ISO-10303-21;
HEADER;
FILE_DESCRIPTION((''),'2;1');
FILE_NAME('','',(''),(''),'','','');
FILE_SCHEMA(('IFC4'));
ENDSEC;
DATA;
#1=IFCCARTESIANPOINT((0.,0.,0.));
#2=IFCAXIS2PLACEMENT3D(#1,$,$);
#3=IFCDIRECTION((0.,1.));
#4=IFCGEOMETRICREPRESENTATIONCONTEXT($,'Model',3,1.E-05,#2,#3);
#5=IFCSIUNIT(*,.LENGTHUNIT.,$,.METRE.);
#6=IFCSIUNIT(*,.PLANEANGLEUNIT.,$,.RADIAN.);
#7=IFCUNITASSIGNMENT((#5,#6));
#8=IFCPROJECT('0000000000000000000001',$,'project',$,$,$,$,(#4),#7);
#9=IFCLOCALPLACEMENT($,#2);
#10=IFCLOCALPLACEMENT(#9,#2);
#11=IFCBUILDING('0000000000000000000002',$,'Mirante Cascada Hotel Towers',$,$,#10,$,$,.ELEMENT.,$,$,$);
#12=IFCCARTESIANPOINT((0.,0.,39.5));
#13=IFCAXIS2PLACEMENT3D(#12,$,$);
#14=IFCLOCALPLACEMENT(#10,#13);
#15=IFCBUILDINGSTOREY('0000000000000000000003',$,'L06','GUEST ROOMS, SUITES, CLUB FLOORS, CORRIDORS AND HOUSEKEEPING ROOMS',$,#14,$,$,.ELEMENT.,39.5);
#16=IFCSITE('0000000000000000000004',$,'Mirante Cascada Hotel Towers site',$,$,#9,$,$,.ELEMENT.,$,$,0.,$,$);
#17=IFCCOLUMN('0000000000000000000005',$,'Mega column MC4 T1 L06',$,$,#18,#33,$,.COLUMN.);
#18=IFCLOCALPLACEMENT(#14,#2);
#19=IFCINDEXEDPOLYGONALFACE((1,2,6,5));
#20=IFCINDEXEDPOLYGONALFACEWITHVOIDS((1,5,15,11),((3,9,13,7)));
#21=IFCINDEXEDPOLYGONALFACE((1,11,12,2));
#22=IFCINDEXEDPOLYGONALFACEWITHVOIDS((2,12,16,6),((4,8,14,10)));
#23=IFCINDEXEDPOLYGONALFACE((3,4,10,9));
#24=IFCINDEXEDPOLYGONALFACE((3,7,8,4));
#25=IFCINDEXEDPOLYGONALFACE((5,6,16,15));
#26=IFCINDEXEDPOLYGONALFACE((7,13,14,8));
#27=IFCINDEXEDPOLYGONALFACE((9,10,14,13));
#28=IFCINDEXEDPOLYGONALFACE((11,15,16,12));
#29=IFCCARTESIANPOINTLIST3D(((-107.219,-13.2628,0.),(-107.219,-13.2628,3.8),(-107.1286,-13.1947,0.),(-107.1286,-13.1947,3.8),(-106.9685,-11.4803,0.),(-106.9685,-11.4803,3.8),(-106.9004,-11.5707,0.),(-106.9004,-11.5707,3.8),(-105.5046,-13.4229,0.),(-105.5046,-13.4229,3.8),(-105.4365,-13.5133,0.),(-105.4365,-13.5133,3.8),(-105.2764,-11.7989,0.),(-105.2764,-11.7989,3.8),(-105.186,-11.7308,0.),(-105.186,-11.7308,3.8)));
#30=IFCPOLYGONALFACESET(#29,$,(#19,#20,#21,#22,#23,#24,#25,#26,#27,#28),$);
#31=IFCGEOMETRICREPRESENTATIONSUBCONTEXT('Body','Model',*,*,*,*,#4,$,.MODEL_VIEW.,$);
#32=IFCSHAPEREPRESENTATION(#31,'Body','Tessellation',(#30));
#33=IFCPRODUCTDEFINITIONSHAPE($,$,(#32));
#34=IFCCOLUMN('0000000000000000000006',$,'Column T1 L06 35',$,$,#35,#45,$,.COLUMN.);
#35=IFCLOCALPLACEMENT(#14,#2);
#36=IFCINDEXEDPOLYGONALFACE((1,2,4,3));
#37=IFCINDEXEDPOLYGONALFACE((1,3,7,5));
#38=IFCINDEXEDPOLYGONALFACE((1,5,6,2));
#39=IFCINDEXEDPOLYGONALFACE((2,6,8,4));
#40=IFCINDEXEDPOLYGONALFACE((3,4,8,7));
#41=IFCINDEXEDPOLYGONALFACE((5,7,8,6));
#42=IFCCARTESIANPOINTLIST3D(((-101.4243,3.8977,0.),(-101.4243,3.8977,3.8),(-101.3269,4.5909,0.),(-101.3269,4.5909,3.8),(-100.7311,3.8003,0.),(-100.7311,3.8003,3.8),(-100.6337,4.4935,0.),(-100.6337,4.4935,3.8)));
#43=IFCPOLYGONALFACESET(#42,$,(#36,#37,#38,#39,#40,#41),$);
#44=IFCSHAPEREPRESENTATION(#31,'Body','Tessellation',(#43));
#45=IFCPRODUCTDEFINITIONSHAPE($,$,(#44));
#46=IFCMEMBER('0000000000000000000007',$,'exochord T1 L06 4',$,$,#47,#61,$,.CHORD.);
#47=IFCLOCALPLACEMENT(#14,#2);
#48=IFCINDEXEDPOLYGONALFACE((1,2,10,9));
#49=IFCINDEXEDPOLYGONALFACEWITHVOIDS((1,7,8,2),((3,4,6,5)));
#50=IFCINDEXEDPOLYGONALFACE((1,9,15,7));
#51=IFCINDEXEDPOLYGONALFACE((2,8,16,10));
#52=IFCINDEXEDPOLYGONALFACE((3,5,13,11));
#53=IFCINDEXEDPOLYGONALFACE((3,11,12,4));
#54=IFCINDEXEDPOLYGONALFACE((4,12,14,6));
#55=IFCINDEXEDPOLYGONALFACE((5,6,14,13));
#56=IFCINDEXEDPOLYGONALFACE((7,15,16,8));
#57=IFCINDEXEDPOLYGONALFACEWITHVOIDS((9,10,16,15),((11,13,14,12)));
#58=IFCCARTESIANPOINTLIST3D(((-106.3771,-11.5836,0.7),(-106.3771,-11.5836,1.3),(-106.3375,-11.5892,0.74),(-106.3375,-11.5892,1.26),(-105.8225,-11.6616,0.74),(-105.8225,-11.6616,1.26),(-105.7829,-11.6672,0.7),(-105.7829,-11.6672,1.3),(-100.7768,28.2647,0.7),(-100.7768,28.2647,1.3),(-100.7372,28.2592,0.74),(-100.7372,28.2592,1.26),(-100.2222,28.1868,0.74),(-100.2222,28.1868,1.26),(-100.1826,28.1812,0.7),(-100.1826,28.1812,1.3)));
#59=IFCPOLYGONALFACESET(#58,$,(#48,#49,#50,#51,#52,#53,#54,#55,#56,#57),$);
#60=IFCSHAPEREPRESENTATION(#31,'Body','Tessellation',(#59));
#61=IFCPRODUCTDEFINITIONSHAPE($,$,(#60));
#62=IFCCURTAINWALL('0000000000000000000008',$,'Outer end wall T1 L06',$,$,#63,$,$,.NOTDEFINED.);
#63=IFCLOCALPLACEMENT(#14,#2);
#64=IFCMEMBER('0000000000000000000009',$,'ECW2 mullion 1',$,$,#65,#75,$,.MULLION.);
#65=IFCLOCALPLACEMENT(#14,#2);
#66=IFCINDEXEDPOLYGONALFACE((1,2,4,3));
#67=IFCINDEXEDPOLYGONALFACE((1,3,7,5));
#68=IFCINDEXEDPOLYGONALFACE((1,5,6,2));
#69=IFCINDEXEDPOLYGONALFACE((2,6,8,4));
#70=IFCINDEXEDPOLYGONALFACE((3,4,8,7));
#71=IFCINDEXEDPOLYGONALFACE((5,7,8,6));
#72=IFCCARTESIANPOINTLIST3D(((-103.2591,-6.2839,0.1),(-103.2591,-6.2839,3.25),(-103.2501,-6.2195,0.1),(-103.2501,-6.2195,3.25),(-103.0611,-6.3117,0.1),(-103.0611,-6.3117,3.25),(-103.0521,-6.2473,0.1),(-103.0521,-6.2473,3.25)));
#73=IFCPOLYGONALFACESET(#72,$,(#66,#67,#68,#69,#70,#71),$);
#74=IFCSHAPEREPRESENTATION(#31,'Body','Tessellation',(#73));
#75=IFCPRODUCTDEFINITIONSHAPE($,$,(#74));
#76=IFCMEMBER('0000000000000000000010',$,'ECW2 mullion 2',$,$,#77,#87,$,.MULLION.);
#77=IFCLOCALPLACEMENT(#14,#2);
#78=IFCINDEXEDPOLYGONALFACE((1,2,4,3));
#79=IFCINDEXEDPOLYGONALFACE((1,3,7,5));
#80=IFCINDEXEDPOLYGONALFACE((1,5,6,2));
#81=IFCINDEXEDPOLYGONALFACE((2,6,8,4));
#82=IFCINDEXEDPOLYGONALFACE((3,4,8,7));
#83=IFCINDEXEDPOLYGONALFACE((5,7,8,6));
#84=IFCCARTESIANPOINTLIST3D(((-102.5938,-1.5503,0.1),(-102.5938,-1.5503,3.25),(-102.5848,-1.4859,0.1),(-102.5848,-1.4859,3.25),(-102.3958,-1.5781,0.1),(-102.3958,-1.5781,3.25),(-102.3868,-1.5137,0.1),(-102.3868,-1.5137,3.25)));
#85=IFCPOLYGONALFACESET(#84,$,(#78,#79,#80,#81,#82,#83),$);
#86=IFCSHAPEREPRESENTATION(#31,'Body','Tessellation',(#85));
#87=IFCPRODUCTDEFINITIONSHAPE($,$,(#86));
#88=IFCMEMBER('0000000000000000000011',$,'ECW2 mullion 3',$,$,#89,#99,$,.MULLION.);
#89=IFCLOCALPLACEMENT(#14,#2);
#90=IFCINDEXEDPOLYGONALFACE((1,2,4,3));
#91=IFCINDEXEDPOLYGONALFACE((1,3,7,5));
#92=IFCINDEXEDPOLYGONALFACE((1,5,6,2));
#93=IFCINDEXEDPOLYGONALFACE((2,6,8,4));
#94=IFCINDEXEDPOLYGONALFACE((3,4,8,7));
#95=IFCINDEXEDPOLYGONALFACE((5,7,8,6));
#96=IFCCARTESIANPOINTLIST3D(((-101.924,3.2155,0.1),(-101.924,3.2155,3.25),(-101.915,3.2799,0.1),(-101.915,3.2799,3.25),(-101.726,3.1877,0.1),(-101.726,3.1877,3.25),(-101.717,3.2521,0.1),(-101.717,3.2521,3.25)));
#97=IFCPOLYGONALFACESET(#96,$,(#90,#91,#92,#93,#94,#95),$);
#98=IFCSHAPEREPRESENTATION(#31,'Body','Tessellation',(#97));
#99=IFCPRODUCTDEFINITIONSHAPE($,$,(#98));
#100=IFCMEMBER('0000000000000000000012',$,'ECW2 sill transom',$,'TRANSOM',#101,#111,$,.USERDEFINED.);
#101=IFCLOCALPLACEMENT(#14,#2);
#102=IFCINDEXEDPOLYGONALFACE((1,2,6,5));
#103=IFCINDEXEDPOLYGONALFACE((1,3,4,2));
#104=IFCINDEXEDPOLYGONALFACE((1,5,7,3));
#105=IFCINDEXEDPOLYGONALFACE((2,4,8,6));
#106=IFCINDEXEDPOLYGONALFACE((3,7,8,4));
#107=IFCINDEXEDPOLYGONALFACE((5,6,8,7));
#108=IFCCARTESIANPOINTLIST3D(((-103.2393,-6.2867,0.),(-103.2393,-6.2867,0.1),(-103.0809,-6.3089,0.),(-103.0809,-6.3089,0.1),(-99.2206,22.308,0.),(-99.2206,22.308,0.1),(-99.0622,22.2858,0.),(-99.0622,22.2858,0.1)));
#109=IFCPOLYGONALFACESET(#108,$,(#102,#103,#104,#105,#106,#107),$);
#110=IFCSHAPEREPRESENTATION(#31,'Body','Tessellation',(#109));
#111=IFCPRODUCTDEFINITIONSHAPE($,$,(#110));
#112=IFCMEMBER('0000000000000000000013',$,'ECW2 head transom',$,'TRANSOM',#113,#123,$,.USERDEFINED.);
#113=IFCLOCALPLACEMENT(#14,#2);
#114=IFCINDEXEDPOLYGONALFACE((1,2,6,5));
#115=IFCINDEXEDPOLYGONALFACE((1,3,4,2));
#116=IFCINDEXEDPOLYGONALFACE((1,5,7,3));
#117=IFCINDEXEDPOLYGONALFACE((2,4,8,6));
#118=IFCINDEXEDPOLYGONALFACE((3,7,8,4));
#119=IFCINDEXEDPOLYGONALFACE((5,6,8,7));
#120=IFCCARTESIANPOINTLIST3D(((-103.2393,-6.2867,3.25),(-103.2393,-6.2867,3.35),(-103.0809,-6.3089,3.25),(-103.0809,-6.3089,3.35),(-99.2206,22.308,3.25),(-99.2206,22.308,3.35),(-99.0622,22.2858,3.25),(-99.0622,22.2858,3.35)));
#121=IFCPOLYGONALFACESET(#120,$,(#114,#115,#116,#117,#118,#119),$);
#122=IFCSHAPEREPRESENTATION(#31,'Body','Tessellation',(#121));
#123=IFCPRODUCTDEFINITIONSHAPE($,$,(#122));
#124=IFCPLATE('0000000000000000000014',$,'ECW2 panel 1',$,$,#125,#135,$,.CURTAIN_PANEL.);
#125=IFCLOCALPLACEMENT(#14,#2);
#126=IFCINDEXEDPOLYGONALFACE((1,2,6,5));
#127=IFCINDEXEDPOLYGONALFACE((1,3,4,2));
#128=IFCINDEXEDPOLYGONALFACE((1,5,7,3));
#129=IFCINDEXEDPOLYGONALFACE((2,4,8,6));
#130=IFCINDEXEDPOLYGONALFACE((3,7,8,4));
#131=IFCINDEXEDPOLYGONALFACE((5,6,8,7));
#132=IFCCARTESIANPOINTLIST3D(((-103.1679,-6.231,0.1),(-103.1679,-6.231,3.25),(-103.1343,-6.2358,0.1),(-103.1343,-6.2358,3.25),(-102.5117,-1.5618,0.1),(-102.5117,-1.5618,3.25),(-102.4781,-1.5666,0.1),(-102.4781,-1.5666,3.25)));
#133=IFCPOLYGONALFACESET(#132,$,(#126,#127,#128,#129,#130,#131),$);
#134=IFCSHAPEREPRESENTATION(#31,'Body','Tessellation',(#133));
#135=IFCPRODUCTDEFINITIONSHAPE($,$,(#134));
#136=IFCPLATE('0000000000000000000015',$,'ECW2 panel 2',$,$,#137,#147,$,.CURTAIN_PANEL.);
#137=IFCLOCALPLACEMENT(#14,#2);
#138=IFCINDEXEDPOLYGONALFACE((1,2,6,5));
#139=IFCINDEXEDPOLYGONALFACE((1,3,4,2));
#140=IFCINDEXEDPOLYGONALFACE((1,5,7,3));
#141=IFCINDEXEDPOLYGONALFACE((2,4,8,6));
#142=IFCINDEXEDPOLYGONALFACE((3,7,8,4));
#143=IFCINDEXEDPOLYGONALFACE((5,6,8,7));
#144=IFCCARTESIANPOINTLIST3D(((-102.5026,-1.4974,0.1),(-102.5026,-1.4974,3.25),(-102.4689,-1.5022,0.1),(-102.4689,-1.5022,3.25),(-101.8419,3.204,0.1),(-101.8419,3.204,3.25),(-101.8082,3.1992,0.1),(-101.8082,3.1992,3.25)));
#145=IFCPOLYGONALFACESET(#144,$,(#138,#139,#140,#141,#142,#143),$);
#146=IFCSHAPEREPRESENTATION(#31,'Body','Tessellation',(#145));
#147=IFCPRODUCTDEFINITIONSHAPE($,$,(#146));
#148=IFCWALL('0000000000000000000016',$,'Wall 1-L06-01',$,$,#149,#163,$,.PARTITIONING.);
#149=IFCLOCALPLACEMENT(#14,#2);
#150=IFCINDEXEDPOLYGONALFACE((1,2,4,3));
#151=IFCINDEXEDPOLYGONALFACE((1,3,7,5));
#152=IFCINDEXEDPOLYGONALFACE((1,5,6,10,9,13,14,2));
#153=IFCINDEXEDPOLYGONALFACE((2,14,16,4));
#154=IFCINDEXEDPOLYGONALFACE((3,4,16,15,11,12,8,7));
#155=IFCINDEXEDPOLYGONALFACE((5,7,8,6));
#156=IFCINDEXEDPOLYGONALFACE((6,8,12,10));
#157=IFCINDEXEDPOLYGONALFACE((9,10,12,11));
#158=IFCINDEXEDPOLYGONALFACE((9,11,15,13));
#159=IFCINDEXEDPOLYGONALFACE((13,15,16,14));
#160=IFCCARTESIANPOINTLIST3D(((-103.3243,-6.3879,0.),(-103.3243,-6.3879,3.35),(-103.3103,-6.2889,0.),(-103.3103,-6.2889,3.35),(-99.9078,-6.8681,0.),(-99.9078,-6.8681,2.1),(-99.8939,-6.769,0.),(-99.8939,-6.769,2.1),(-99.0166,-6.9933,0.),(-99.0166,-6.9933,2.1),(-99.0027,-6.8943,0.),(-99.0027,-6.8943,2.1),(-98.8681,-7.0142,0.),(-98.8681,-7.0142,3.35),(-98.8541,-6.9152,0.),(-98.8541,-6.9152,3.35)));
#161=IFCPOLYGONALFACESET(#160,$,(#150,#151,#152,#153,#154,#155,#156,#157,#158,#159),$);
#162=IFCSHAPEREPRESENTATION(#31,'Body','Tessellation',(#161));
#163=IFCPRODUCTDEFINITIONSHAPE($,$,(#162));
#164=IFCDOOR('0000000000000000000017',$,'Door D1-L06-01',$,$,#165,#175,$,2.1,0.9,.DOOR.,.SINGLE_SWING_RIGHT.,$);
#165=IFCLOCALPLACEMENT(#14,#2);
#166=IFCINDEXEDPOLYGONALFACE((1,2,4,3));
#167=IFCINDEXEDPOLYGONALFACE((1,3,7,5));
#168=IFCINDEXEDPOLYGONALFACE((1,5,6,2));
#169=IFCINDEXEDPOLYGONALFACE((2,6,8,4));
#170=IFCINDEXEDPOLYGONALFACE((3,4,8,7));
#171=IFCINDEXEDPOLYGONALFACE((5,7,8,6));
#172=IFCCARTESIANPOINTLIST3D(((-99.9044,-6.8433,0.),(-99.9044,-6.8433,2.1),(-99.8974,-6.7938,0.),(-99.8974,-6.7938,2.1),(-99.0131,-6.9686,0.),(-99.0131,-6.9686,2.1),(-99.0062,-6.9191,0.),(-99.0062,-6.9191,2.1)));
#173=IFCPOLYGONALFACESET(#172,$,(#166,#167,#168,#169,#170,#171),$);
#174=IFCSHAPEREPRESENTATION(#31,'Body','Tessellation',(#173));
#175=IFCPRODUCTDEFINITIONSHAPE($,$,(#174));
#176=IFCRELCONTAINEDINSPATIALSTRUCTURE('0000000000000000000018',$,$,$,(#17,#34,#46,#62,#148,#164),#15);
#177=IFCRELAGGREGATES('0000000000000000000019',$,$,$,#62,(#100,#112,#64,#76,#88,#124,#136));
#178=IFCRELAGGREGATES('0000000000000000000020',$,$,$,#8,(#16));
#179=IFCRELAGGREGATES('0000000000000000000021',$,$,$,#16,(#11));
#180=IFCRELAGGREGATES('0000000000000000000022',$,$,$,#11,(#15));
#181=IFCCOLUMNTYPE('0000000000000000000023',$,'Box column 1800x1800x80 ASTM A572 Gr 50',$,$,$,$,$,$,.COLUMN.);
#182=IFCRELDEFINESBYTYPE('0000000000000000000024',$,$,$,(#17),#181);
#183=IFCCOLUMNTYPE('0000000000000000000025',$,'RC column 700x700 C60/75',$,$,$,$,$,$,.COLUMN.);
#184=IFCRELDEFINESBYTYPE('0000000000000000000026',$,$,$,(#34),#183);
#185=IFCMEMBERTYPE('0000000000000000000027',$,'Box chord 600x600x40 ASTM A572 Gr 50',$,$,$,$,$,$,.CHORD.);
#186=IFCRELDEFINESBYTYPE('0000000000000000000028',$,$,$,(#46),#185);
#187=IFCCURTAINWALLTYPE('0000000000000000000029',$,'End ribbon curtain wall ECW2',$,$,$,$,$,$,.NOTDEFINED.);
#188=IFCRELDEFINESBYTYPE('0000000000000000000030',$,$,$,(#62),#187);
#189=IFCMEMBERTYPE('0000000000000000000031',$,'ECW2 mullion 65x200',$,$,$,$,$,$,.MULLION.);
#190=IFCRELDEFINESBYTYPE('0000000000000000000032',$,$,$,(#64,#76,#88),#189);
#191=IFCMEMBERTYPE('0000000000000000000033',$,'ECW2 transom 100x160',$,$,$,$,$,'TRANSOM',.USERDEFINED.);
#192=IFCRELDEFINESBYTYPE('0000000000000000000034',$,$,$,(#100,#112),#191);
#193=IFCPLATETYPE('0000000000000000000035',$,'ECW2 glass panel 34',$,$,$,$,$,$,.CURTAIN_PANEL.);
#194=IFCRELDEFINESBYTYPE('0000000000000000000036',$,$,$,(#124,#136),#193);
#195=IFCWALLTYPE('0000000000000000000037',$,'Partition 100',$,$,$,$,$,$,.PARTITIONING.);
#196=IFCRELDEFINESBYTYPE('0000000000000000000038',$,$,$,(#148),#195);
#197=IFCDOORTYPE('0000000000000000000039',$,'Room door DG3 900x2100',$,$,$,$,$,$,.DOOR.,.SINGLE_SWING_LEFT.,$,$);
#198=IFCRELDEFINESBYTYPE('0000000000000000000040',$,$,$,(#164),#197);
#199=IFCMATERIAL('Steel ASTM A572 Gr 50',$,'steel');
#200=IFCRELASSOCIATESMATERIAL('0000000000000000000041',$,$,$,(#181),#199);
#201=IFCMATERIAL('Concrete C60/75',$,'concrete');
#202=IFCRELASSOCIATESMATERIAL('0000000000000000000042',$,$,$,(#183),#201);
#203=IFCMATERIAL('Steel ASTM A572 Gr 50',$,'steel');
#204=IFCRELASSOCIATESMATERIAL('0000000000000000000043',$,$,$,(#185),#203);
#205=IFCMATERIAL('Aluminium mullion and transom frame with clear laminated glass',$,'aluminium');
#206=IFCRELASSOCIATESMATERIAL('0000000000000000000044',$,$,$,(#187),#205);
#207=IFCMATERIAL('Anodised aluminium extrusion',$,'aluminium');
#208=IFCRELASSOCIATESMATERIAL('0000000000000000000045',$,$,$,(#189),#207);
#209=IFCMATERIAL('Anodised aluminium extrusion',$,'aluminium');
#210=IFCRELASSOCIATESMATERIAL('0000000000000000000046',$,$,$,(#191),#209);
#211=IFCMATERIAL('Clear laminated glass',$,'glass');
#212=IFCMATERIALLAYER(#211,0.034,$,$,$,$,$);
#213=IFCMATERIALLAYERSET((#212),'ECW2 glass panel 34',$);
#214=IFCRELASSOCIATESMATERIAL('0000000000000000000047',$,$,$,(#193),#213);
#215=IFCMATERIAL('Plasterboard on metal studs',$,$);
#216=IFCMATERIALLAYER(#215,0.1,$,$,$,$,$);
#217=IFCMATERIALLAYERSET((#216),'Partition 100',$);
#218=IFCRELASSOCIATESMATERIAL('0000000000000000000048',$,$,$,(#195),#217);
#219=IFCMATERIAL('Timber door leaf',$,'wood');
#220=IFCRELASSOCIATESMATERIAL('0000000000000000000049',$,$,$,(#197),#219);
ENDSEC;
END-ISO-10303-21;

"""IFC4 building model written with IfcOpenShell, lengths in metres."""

from ifc_helpers import new_model, si_unit, direction, frame, frame_2d, origin, origin_2d, place, context, subcontext, project, spatial, rectangle, hollow_rectangle, extrude, material, layer, layer_set, material_profile, profile_set, type_object, element, fill, aggregate, save


model = new_model("IFC4")

# Units and contexts
model_context = context("Model", 3, precision=1e-05, world=origin(), true_north=direction((0.0, 1.0)))
body_context = subcontext(model_context, "Body", "Model", "MODEL_VIEW")
ifc_project = project(units=[si_unit("LENGTHUNIT", "METRE"), si_unit("PLANEANGLEUNIT", "RADIAN")], contexts=[model_context])

# Site, building, storey
site_placement = place(None, origin())
site = spatial("IfcSite", under=ifc_project, at=site_placement, Name="Mirante Cascada Hotel Towers site", CompositionType="ELEMENT", RefElevation=0.0)
building_placement = place(site_placement, origin())
building = spatial("IfcBuilding", under=site, at=building_placement, Name="Mirante Cascada Hotel Towers", CompositionType="ELEMENT")
storey_placement = place(building_placement, frame((0.0, 0.0, 39.5)))
storey = spatial("IfcBuildingStorey", under=building, at=storey_placement, Name="L06", Description="GUEST ROOMS, SUITES, CLUB FLOORS, CORRIDORS AND HOUSEKEEPING ROOMS", CompositionType="ELEMENT", Elevation=39.5)

# Columns
ifc_material_1 = material(Name="Steel ASTM A572 Gr 50", Category="steel")
ifc_material_profile_1 = material_profile(ifc_material_1, hollow_rectangle(XDim=1.8, YDim=1.8, WallThickness=0.08, at=origin_2d()), Name="Box column 1800x1800x80 ASTM A572 Gr 50")
ifc_profile_set_1 = profile_set([ifc_material_profile_1], Name="Steel ASTM A572 Gr 50")
column_type_1 = type_object("IfcColumnType", Name="Box column 1800x1800x80 ASTM A572 Gr 50", PredefinedType="COLUMN", material=ifc_profile_set_1)
column_1_placement = place(storey_placement, frame((-106.2025, -12.4968, 0.0), z_axis=(0.0, 0.0, 1.0), x_axis=(-0.990268, 0.139173, 0.0)))
element("IfcColumn", 1, at=column_1_placement, inside=storey, type_object=column_type_1, Name="Mega column MC4 T1 L06", PredefinedType="COLUMN", context=body_context, shape_type="SweptSolid", body=[
    extrude(hollow_rectangle(XDim=1.8, YDim=1.8, WallThickness=0.08, at=origin_2d()), origin(), (0.0, 0.0, 1.0), 3.8),
])
ifc_material_2 = material(Name="Concrete C60/75", Category="concrete")
ifc_material_profile_2 = material_profile(ifc_material_2, rectangle(XDim=0.7, YDim=0.7, at=origin_2d()), Name="RC column 700x700 C60/75")
ifc_profile_set_2 = profile_set([ifc_material_profile_2], Name="Concrete C60/75")
column_type_2 = type_object("IfcColumnType", Name="RC column 700x700 C60/75", PredefinedType="COLUMN", material=ifc_profile_set_2)
column_2_placement = place(storey_placement, frame((-101.029, 4.1956, 0.0), z_axis=(0.0, 0.0, 1.0), x_axis=(-0.990268, 0.139173, 0.0)))
element("IfcColumn", 2, at=column_2_placement, inside=storey, type_object=column_type_2, Name="Column T1 L06 35", PredefinedType="COLUMN", context=body_context, shape_type="SweptSolid", body=[
    extrude(rectangle(XDim=0.7, YDim=0.7, at=origin_2d()), origin(), (0.0, 0.0, 1.0), 3.8),
])

# Member
ifc_material_3 = material(Name="Steel ASTM A572 Gr 50", Category="steel")
ifc_material_profile_3 = material_profile(ifc_material_3, hollow_rectangle(XDim=0.6, YDim=0.6, WallThickness=0.04, at=origin_2d()), Name="Box chord 600x600x40 ASTM A572 Gr 50")
ifc_profile_set_3 = profile_set([ifc_material_profile_3], Name="Steel ASTM A572 Gr 50")
member_type_1 = type_object("IfcMemberType", Name="Box chord 600x600x40 ASTM A572 Gr 50", PredefinedType="CHORD", material=ifc_profile_set_3)
member_1_placement = place(storey_placement, frame((-106.08, -11.6254, 1.0), z_axis=(0.139172, 0.990268, 0.0), x_axis=(-0.990268, 0.139172, 0.0)))
element("IfcMember", 3, at=member_1_placement, inside=storey, type_object=member_type_1, Name="exochord T1 L06 4", PredefinedType="CHORD", context=body_context, shape_type="SweptSolid", body=[
    extrude(hollow_rectangle(XDim=0.6, YDim=0.6, WallThickness=0.04, at=origin_2d()), origin(), (0.0, 0.0, 1.0), 40.24),
])

# Curtain wall, members, plates
ifc_material_4 = material(Name="Aluminium mullion and transom frame with clear laminated glass", Category="aluminium")
curtain_wall_type = type_object("IfcCurtainWallType", Name="End ribbon curtain wall ECW2", PredefinedType="NOTDEFINED", material=ifc_material_4)
curtain_wall_placement = place(storey_placement, origin())
curtain_wall = element("IfcCurtainWall", 4, at=curtain_wall_placement, inside=storey, type_object=curtain_wall_type, Name="Outer end wall T1 L06", PredefinedType="NOTDEFINED")
ifc_material_5 = material(Name="Anodised aluminium extrusion", Category="aluminium")
ifc_material_profile_4 = material_profile(ifc_material_5, rectangle(XDim=0.2, YDim=0.065, at=origin_2d()), Name="ECW2 MULLION 65x200")
ifc_profile_set_4 = profile_set([ifc_material_profile_4], Name="Anodised aluminium extrusion")
member_type_2 = type_object("IfcMemberType", Name="ECW2 mullion 65x200", PredefinedType="MULLION", material=ifc_profile_set_4)
member_2_placement = place(storey_placement, frame((-103.1556, -6.2656, 0.1), z_axis=(0.0, 0.0, 1.0), x_axis=(-0.990268, 0.139173, 0.0)))
member_2 = element("IfcMember", 5, at=member_2_placement, type_object=member_type_2, Name="ECW2 mullion 1", PredefinedType="MULLION", context=body_context, shape_type="SweptSolid", body=[
    extrude(rectangle(XDim=0.2, YDim=0.065, at=origin_2d()), origin(), (0.0, 0.0, 1.0), 3.15),
])
member_3_placement = place(storey_placement, frame((-102.4903, -1.532, 0.1), z_axis=(0.0, 0.0, 1.0), x_axis=(-0.990268, 0.139173, 0.0)))
member_3 = element("IfcMember", 6, at=member_3_placement, type_object=member_type_2, Name="ECW2 mullion 2", PredefinedType="MULLION", context=body_context, shape_type="SweptSolid", body=[
    extrude(rectangle(XDim=0.2, YDim=0.065, at=origin_2d()), origin(), (0.0, 0.0, 1.0), 3.15),
])
member_4_placement = place(storey_placement, frame((-101.8205, 3.2338, 0.1), z_axis=(0.0, 0.0, 1.0), x_axis=(-0.990268, 0.139173, 0.0)))
member_4 = element("IfcMember", 7, at=member_4_placement, type_object=member_type_2, Name="ECW2 mullion 3", PredefinedType="MULLION", context=body_context, shape_type="SweptSolid", body=[
    extrude(rectangle(XDim=0.2, YDim=0.065, at=origin_2d()), origin(), (0.0, 0.0, 1.0), 3.15),
])
ifc_material_6 = material(Name="Anodised aluminium extrusion", Category="aluminium")
ifc_material_profile_5 = material_profile(ifc_material_6, rectangle(XDim=0.16, YDim=0.1, at=origin_2d()), Name="ECW2 TRANSOM 100x160")
ifc_profile_set_5 = profile_set([ifc_material_profile_5], Name="Anodised aluminium extrusion")
member_type_3 = type_object("IfcMemberType", Name="ECW2 transom 100x160", ElementType="TRANSOM", PredefinedType="USERDEFINED", material=ifc_profile_set_5)
member_5_placement = place(storey_placement, frame((-103.1601, -6.2978, 0.05), z_axis=(0.139172, 0.990268, 0.0), x_axis=(-0.990268, 0.139172, 0.0)))
member_5 = element("IfcMember", 8, at=member_5_placement, type_object=member_type_3, Name="ECW2 sill transom", ObjectType="TRANSOM", PredefinedType="USERDEFINED", context=body_context, shape_type="SweptSolid", body=[
    extrude(rectangle(XDim=0.16, YDim=0.1, at=origin_2d()), origin(), (0.0, 0.0, 1.0), 28.8757),
])
member_6_placement = place(storey_placement, frame((-103.1601, -6.2978, 3.3), z_axis=(0.139172, 0.990268, 0.0), x_axis=(-0.990268, 0.139172, 0.0)))
member_6 = element("IfcMember", 9, at=member_6_placement, type_object=member_type_3, Name="ECW2 head transom", ObjectType="TRANSOM", PredefinedType="USERDEFINED", context=body_context, shape_type="SweptSolid", body=[
    extrude(rectangle(XDim=0.16, YDim=0.1, at=origin_2d()), origin(), (0.0, 0.0, 1.0), 28.8757),
])
ifc_material_7 = material(Name="Clear laminated glass", Category="glass")
ifc_layer_1 = layer(ifc_material_7, 0.034)
ifc_layer_set_1 = layer_set([ifc_layer_1], Name="ECW2 glass panel 34")
plate_type = type_object("IfcPlateType", Name="ECW2 glass panel 34", PredefinedType="CURTAIN_PANEL", material=ifc_layer_set_1)
plate_1_placement = place(storey_placement, frame((-102.823, -3.8988, 0.1), z_axis=(0.0, 0.0, 1.0), x_axis=(0.139173, 0.990268, 0.0)))
plate_1 = element("IfcPlate", 10, at=plate_1_placement, type_object=plate_type, Name="ECW2 panel 1", PredefinedType="CURTAIN_PANEL", context=body_context, shape_type="SweptSolid", body=[
    extrude(rectangle(XDim=4.7151, YDim=0.034, at=origin_2d()), origin(), (0.0, 0.0, 1.0), 3.15),
])
plate_2_placement = place(storey_placement, frame((-102.1554, 0.8509, 0.1), z_axis=(0.0, 0.0, 1.0), x_axis=(0.139173, 0.990268, 0.0)))
plate_2 = element("IfcPlate", 11, at=plate_2_placement, type_object=plate_type, Name="ECW2 panel 2", PredefinedType="CURTAIN_PANEL", context=body_context, shape_type="SweptSolid", body=[
    extrude(rectangle(XDim=4.7476, YDim=0.034, at=origin_2d()), origin(), (0.0, 0.0, 1.0), 3.15),
])
aggregate(curtain_wall, [member_5, member_6, member_2, member_3, member_4, plate_1, plate_2])

# Wall, opening, door
ifc_material_8 = material(Name="Plasterboard on metal studs")
ifc_layer_2 = layer(ifc_material_8, 0.1)
ifc_layer_set_2 = layer_set([ifc_layer_2], Name="Partition 100")
wall_type_1 = type_object("IfcWallType", Name="Partition 100", PredefinedType="PARTITIONING", material=ifc_layer_set_2)
wall_1_placement = place(storey_placement, frame((-98.8611, -6.9647, 0.0), z_axis=(0.0, 0.0, 1.0), x_axis=(-0.990267, 0.139178, 0.0)))
wall_1 = element("IfcWall", 12, at=wall_1_placement, inside=storey, type_object=wall_type_1, Name="Wall 1-L06-01", PredefinedType="PARTITIONING", context=body_context, shape_type="SweptSolid", body=[
    extrude(rectangle(XDim=4.5, YDim=0.1, at=frame_2d((2.25, 0.0))), origin(), (0.0, 0.0, 1.0), 3.35),
])
opening_1_placement = place(wall_1_placement, frame((0.15, 0.0, 0.0)))
opening_1 = element("IfcOpeningElement", 13, at=opening_1_placement, cuts=wall_1, PredefinedType="OPENING", context=body_context, shape_type="SweptSolid", body=[
    extrude(rectangle(XDim=0.9, YDim=2.1, at=frame_2d((0.45, 1.05))), frame((0.0, 0.05, 0.0), z_axis=(0.0, -1.0, 0.0), x_axis=(1.0, 0.0, 0.0)), (0.0, 0.0, 1.0), 0.1),
])
ifc_material_9 = material(Name="Timber door leaf", Category="wood")
door_type = type_object("IfcDoorType", Name="Room door DG3 900x2100", OperationType="SINGLE_SWING_LEFT", PredefinedType="DOOR", material=ifc_material_9)
door_placement = place(opening_1_placement, frame((0.9, 0.0, 0.0), z_axis=(0.0, 0.0, 1.0), x_axis=(-1.0, 0.0, 0.0)))
door = element("IfcDoor", 14, at=door_placement, inside=storey, type_object=door_type, Name="Door D1-L06-01", OperationType="SINGLE_SWING_RIGHT", OverallHeight=2.1, OverallWidth=0.9, PredefinedType="DOOR", context=body_context, shape_type="SweptSolid", body=[
    extrude(rectangle(XDim=0.9, YDim=2.1, at=frame_2d((0.45, 1.05))), frame((0.0, 0.025, 0.0), z_axis=(0.0, -1.0, 0.0), x_axis=(1.0, 0.0, 0.0)), (0.0, 0.0, 1.0), 0.05),
])
fill(opening_1, door)

save(model, "model.ifc")
